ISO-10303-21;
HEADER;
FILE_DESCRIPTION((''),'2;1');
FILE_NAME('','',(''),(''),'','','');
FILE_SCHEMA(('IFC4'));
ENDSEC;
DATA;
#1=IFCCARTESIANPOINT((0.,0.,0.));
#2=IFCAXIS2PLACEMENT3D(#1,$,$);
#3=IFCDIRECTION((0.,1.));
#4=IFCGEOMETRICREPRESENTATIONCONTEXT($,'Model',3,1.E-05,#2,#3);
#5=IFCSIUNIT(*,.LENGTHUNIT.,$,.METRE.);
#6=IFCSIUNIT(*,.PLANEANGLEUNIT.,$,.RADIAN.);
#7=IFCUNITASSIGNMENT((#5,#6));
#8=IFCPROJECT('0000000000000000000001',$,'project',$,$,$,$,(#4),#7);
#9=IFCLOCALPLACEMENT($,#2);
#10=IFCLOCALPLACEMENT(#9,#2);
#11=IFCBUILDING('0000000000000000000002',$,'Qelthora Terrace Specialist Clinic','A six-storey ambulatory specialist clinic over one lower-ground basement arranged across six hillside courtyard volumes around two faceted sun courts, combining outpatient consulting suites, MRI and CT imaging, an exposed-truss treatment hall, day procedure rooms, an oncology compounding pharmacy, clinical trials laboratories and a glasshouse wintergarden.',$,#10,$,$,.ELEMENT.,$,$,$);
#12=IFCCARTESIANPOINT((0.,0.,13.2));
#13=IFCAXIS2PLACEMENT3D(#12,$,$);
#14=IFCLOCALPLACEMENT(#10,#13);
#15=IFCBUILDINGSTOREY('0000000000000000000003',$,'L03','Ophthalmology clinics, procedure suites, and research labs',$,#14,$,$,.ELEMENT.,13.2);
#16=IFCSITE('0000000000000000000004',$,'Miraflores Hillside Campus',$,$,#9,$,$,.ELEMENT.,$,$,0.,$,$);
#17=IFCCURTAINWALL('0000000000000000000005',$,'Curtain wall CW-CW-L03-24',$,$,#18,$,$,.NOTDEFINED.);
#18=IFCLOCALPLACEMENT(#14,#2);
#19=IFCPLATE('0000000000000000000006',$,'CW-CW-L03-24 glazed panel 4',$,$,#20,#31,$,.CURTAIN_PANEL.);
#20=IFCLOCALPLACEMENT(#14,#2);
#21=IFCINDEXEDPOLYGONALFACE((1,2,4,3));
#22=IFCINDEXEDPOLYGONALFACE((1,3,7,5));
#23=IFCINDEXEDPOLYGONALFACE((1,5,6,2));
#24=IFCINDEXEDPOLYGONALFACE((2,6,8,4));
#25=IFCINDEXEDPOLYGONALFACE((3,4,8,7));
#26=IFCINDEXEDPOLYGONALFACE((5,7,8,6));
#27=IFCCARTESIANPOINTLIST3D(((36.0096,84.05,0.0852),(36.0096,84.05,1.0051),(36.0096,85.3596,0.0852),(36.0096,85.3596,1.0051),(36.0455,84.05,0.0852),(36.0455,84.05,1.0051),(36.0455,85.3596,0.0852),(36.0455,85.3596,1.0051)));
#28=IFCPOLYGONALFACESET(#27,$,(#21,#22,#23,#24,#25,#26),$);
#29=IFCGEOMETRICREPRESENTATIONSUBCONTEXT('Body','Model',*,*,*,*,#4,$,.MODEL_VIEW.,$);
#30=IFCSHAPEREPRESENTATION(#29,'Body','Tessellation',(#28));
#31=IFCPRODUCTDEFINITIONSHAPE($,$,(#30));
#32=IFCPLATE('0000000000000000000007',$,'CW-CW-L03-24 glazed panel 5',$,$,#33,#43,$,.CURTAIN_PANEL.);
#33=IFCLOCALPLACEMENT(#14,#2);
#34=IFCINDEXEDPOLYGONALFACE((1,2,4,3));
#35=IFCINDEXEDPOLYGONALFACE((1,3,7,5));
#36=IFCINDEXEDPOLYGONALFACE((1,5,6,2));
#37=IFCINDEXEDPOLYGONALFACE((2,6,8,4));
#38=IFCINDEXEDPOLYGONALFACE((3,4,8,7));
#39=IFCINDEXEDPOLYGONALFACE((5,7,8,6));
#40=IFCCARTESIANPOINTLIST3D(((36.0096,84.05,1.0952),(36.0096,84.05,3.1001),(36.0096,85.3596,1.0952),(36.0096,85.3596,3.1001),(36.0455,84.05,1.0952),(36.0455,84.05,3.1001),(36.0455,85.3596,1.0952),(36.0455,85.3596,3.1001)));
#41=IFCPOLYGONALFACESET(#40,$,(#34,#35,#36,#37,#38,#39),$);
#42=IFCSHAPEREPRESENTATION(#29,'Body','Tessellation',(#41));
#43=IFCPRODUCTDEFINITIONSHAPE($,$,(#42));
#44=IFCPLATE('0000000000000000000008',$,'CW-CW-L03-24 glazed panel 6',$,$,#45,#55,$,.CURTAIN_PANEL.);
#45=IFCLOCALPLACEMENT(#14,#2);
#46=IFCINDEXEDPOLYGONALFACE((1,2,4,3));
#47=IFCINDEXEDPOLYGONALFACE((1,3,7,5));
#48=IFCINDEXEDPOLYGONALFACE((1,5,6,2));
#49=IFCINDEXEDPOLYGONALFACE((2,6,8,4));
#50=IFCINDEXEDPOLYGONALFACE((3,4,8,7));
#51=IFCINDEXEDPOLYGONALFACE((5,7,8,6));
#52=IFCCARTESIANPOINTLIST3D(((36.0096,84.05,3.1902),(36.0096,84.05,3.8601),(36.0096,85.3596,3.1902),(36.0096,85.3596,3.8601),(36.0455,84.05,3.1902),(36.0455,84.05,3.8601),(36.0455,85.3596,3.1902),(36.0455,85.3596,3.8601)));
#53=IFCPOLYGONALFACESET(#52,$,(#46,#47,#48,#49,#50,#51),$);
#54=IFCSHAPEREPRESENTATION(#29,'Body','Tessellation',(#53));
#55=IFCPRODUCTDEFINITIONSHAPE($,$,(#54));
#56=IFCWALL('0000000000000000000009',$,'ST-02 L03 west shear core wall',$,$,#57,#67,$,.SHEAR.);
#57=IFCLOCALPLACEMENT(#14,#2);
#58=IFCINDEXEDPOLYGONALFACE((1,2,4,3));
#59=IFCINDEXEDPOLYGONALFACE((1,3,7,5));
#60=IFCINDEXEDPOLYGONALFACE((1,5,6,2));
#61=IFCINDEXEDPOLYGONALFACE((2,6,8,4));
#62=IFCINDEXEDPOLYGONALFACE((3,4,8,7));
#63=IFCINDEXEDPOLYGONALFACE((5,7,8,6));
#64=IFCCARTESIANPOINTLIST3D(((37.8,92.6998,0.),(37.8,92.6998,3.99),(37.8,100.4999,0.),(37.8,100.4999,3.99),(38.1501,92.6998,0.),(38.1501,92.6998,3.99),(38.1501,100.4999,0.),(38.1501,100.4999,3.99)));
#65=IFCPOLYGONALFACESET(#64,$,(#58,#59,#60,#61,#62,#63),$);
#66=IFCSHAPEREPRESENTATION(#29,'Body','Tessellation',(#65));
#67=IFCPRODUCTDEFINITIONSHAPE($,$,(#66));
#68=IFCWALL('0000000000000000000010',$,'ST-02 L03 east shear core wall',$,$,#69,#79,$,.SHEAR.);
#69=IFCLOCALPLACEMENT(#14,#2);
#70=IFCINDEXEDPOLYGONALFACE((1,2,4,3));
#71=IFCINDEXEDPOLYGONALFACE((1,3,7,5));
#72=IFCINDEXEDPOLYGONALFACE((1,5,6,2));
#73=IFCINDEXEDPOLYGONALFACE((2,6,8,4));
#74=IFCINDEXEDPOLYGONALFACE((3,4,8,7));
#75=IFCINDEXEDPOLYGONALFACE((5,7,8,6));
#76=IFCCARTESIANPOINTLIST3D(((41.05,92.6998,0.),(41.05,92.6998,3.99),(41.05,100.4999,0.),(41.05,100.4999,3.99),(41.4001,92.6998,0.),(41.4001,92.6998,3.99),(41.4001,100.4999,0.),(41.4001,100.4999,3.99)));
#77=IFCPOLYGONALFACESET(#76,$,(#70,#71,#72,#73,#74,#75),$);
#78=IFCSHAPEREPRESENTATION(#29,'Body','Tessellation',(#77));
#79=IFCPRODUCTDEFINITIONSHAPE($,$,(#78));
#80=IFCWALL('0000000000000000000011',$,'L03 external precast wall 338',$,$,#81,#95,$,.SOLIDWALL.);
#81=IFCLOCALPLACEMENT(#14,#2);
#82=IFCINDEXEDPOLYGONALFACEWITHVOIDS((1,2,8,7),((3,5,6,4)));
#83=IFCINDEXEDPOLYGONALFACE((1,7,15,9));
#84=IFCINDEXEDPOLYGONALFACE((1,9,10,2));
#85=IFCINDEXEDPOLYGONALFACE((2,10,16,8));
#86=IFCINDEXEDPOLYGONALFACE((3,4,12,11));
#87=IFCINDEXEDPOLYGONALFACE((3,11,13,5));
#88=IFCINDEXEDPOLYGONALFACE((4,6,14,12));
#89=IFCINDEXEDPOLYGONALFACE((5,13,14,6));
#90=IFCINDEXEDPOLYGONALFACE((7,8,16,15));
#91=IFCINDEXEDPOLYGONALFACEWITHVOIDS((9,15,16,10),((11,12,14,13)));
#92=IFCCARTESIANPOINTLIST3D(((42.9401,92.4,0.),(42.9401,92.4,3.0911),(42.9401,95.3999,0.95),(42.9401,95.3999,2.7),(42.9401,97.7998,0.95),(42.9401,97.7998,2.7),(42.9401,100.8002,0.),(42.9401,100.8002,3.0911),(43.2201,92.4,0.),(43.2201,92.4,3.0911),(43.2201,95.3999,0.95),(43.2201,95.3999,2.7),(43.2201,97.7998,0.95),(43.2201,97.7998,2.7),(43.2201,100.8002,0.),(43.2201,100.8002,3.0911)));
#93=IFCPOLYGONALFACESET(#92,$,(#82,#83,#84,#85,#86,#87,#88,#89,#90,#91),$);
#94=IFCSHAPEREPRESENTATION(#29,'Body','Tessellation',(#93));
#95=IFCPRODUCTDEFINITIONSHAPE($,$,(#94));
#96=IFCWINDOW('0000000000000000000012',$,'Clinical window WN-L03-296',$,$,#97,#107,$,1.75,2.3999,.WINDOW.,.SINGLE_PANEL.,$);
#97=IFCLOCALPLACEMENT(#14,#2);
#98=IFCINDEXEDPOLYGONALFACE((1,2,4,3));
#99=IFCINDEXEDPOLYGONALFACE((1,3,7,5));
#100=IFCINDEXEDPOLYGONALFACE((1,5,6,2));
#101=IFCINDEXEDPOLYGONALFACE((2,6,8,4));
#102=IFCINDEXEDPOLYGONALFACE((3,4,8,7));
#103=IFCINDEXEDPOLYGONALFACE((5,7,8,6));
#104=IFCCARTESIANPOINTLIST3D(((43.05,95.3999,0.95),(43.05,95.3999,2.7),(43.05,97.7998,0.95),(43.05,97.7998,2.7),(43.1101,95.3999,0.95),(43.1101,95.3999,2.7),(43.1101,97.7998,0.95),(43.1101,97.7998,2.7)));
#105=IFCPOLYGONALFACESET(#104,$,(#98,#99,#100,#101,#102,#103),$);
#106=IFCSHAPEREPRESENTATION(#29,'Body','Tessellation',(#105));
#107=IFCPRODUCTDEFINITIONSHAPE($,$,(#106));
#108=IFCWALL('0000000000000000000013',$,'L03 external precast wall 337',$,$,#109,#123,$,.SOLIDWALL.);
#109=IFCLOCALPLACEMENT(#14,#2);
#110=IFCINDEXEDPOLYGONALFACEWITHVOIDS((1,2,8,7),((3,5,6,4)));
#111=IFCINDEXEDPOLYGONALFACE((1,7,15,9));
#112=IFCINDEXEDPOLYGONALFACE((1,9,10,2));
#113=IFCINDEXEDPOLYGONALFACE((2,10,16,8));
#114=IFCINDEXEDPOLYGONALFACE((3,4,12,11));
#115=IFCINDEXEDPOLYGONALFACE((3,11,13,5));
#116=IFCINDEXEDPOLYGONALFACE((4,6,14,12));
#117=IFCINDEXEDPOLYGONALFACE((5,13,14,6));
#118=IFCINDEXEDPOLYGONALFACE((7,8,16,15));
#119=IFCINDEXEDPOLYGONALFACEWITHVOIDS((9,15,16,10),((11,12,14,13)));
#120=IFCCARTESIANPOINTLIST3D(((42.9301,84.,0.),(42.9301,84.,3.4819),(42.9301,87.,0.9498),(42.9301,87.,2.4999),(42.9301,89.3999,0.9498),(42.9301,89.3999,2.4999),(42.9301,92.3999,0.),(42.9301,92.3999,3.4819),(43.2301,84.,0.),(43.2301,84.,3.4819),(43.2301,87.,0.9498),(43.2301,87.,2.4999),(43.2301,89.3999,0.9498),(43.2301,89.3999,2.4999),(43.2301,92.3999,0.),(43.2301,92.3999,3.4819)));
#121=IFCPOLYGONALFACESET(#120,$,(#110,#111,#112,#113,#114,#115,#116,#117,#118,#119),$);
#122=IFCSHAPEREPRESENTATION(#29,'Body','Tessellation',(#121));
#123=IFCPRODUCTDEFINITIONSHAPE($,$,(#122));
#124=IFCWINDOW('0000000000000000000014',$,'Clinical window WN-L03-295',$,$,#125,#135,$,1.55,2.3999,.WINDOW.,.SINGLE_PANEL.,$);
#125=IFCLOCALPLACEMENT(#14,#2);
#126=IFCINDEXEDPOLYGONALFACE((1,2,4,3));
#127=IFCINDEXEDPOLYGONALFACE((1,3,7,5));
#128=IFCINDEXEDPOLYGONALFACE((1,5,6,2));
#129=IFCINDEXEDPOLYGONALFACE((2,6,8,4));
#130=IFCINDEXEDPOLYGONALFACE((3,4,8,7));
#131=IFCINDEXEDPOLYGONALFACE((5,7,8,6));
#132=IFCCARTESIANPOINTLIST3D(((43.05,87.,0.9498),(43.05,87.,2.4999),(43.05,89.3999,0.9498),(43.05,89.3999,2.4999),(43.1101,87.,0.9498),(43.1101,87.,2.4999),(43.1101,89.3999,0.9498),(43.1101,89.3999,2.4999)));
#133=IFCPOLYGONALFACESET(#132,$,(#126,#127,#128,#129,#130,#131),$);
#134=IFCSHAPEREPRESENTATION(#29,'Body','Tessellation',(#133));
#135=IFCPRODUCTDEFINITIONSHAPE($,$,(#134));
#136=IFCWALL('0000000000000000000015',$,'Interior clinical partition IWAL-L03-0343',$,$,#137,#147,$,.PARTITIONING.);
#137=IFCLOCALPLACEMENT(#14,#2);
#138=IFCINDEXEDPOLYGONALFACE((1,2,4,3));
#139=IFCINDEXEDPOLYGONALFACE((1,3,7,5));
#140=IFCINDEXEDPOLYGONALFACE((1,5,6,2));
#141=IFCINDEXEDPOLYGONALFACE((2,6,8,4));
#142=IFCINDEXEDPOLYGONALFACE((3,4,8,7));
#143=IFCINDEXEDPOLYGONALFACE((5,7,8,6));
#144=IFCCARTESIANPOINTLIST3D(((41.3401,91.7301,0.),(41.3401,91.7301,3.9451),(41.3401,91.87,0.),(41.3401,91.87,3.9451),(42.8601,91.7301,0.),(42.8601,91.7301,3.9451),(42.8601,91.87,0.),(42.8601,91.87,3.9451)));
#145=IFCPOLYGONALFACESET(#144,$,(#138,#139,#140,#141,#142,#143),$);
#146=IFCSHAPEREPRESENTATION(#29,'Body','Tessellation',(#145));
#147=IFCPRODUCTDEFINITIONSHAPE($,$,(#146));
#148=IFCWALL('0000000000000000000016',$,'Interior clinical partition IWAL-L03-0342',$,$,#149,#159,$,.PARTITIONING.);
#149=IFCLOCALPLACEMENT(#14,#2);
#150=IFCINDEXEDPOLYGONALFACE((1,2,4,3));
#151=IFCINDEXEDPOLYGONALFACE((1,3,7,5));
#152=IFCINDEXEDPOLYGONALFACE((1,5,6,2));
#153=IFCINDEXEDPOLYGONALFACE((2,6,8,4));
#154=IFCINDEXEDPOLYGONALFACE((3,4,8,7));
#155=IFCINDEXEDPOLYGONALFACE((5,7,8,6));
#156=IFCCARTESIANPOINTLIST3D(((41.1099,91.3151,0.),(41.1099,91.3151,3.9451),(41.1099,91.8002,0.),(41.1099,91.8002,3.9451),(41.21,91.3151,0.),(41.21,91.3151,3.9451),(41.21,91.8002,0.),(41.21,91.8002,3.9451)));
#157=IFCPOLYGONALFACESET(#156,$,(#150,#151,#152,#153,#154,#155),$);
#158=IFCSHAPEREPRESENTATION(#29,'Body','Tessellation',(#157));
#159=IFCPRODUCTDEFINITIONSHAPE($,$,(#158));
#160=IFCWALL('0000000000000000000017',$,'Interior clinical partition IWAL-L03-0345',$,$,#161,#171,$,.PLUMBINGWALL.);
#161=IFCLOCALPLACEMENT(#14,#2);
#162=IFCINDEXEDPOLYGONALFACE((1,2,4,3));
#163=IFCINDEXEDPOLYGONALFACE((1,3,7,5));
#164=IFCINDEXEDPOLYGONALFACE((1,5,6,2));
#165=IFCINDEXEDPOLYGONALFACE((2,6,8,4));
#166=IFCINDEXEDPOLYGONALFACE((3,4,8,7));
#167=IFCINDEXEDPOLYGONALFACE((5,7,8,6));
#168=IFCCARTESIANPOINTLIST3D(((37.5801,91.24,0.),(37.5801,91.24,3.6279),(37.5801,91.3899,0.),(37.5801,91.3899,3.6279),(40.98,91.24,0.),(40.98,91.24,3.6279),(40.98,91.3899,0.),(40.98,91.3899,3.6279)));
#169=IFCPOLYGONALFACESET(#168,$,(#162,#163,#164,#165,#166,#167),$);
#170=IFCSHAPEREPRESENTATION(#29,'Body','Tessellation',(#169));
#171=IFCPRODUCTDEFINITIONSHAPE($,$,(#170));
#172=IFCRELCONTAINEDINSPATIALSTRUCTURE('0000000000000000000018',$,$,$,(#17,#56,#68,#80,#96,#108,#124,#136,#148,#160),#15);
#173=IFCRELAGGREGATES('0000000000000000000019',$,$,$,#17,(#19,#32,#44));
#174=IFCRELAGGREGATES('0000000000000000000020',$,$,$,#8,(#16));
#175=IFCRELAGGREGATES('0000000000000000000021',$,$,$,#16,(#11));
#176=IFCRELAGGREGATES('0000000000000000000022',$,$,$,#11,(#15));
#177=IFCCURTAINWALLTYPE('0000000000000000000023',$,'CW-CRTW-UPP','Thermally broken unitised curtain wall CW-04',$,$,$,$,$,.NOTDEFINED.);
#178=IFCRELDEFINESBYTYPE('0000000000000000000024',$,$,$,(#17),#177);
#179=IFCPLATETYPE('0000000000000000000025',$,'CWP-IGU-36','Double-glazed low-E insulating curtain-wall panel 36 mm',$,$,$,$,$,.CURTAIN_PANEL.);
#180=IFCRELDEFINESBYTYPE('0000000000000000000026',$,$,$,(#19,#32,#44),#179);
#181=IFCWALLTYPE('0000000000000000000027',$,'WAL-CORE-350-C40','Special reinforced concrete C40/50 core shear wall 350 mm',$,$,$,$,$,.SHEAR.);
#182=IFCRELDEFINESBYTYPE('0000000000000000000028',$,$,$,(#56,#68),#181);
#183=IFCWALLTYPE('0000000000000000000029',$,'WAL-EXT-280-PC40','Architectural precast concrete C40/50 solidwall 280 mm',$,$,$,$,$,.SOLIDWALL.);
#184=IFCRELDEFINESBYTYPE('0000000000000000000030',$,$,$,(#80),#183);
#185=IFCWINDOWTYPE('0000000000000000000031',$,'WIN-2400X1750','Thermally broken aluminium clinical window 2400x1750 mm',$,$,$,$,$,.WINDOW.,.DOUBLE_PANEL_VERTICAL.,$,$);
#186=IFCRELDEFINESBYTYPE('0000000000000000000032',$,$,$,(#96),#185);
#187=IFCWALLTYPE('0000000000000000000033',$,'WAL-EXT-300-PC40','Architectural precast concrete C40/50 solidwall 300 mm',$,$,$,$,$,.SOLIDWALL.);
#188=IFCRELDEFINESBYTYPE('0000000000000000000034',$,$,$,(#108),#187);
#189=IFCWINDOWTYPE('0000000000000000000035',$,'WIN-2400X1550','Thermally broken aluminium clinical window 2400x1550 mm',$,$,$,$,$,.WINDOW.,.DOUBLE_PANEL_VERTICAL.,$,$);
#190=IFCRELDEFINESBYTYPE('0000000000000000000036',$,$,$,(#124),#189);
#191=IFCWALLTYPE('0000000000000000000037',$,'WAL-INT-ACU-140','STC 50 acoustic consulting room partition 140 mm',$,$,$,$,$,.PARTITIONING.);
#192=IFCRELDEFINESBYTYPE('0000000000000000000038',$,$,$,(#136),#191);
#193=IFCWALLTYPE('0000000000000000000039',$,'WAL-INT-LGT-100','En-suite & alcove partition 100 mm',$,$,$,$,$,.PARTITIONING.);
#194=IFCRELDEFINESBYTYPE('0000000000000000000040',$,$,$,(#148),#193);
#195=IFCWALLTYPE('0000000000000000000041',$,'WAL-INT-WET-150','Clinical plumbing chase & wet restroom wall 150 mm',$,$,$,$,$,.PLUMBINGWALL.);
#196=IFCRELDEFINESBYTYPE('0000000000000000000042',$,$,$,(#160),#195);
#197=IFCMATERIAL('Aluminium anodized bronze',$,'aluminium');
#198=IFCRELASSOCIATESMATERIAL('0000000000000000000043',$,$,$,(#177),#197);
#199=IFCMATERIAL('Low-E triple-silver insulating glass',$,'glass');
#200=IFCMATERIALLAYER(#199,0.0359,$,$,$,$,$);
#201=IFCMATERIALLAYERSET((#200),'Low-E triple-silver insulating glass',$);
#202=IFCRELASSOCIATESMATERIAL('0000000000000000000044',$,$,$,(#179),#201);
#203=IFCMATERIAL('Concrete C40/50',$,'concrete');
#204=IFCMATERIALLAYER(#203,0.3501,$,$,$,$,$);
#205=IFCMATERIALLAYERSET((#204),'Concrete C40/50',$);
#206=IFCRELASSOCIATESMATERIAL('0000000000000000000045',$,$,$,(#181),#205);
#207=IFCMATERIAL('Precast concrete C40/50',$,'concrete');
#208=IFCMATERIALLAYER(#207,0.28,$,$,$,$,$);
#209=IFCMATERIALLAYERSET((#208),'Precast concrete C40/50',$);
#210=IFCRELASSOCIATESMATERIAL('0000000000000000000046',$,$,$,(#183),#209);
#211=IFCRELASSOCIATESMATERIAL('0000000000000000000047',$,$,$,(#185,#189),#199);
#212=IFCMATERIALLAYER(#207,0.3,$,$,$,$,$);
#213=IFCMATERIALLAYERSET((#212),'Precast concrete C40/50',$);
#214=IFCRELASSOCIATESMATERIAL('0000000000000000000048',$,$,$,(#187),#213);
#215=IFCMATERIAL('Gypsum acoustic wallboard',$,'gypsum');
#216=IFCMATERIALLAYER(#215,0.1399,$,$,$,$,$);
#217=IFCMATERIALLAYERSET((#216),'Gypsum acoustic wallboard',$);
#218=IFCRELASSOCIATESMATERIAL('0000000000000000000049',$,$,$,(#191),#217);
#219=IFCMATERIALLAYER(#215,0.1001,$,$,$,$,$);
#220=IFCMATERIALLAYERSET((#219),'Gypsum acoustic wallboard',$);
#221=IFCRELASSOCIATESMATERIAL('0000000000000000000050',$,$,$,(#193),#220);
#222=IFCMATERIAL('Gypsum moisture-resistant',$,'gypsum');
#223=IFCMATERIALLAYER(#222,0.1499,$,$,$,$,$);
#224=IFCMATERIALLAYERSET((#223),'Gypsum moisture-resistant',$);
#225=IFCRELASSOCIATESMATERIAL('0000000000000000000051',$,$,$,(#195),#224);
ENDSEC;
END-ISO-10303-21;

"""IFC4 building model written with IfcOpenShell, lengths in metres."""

from ifc_helpers import new_model, si_unit, direction, frame, frame_2d, origin, origin_2d, place, context, subcontext, project, spatial, rectangle, extrude, material, layer, layer_set, type_object, element, fill, aggregate, save


model = new_model("IFC4")

# Units and contexts
model_context = context("Model", 3, precision=1e-05, world=origin(), true_north=direction((0.0, 1.0)))
body_context = subcontext(model_context, "Body", "Model", "MODEL_VIEW")
ifc_project = project(units=[si_unit("LENGTHUNIT", "METRE"), si_unit("PLANEANGLEUNIT", "RADIAN")], contexts=[model_context])

# Site, building, storey
site_placement = place(None, origin())
site = spatial("IfcSite", under=ifc_project, at=site_placement, Name="Miraflores Hillside Campus", CompositionType="ELEMENT", RefElevation=0.0)
building_placement = place(site_placement, origin())
building = spatial("IfcBuilding", under=site, at=building_placement, Name="Qelthora Terrace Specialist Clinic", Description="A six-storey ambulatory specialist clinic over one lower-ground basement arranged across six hillside courtyard volumes around two faceted sun courts, combining outpatient consulting suites, MRI and CT imaging, an exposed-truss treatment hall, day procedure rooms, an oncology compounding pharmacy, clinical trials laboratories and a glasshouse wintergarden.", CompositionType="ELEMENT")
storey_placement = place(building_placement, frame((0.0, 0.0, 13.2)))
storey = spatial("IfcBuildingStorey", under=building, at=storey_placement, Name="L03", Description="Ophthalmology clinics, procedure suites, and research labs", CompositionType="ELEMENT", Elevation=13.2)

# Shared definitions
ifc_material_1 = material(Name="Aluminium anodized bronze", Category="aluminium")
curtain_wall_type = type_object("IfcCurtainWallType", Name="CW-CRTW-UPP", Description="Thermally broken unitised curtain wall CW-04", PredefinedType="NOTDEFINED", material=ifc_material_1)

# Curtain wall
curtain_wall_1_placement = place(storey_placement, origin())
curtain_wall_1 = element("IfcCurtainWall", 1, at=curtain_wall_1_placement, inside=storey, type_object=curtain_wall_type, Name="Curtain wall CW-CW-L03-24", PredefinedType="NOTDEFINED")

# Plates
ifc_material_2 = material(Name="Low-E triple-silver insulating glass", Category="glass")
ifc_layer_1 = layer(ifc_material_2, 0.0359)
ifc_layer_set_1 = layer_set([ifc_layer_1], Name="Low-E triple-silver insulating glass")
plate_type = type_object("IfcPlateType", Name="CWP-IGU-36", Description="Double-glazed low-E insulating curtain-wall panel 36 mm", PredefinedType="CURTAIN_PANEL", material=ifc_layer_set_1)
plate_1_placement = place(storey_placement, frame((36.0276, 84.7048, 0.0852), z_axis=(0.0, 0.0, 1.0), x_axis=(0.0, 1.0, 0.0)))
plate_1 = element("IfcPlate", 2, at=plate_1_placement, type_object=plate_type, Name="CW-CW-L03-24 glazed panel 4", PredefinedType="CURTAIN_PANEL", context=body_context, shape_type="SweptSolid", body=[
    extrude(rectangle(XDim=1.3096, YDim=0.0359, at=origin_2d()), origin(), (0.0, 0.0, 1.0), 0.9199),
])
plate_2_placement = place(storey_placement, frame((36.0276, 84.7048, 1.0952), z_axis=(0.0, 0.0, 1.0), x_axis=(0.0, 1.0, 0.0)))
plate_2 = element("IfcPlate", 3, at=plate_2_placement, type_object=plate_type, Name="CW-CW-L03-24 glazed panel 5", PredefinedType="CURTAIN_PANEL", context=body_context, shape_type="SweptSolid", body=[
    extrude(rectangle(XDim=1.3096, YDim=0.0359, at=origin_2d()), origin(), (0.0, 0.0, 1.0), 2.0049),
])
plate_3_placement = place(storey_placement, frame((36.0276, 84.7048, 3.1902), z_axis=(0.0, 0.0, 1.0), x_axis=(0.0, 1.0, 0.0)))
plate_3 = element("IfcPlate", 4, at=plate_3_placement, type_object=plate_type, Name="CW-CW-L03-24 glazed panel 6", PredefinedType="CURTAIN_PANEL", context=body_context, shape_type="SweptSolid", body=[
    extrude(rectangle(XDim=1.3096, YDim=0.0359, at=origin_2d()), origin(), (0.0, 0.0, 1.0), 0.6699),
])
aggregate(curtain_wall_1, [plate_1, plate_2, plate_3])

# Walls
ifc_material_3 = material(Name="Concrete C40/50", Category="concrete")
ifc_layer_2 = layer(ifc_material_3, 0.3501)
ifc_layer_set_2 = layer_set([ifc_layer_2], Name="Concrete C40/50")
wall_type_1 = type_object("IfcWallType", Name="WAL-CORE-350-C40", Description="Special reinforced concrete C40/50 core shear wall 350 mm", PredefinedType="SHEAR", material=ifc_layer_set_2)
for number, where, z_axis, x_axis, name in (
    (5, (37.9751, 92.7, 0.0), (0.0, 0.0, 1.0), (0.0, 1.0, 0.0), "ST-02 L03 west shear core wall"),
    (6, (41.2251, 92.7, 0.0), (0.0, 0.0, 1.0), (0.0, 1.0, 0.0), "ST-02 L03 east shear core wall"),
):
    element("IfcWall", number, at=place(storey_placement, frame(where, z_axis=z_axis, x_axis=x_axis)), inside=storey, type_object=wall_type_1, Name=name, PredefinedType="SHEAR", context=body_context, shape_type="SweptSolid", body=[
        extrude(rectangle(XDim=7.8, YDim=0.3501, at=frame_2d((3.8999, 0.0))), origin(), (0.0, 0.0, 1.0), 3.99),
    ])

# Walls, openings, windows
ifc_material_4 = material(Name="Precast concrete C40/50", Category="concrete")
ifc_layer_3 = layer(ifc_material_4, 0.28)
ifc_layer_set_3 = layer_set([ifc_layer_3], Name="Precast concrete C40/50")
wall_type_2 = type_object("IfcWallType", Name="WAL-EXT-280-PC40", Description="Architectural precast concrete C40/50 solidwall 280 mm", PredefinedType="SOLIDWALL", material=ifc_layer_set_3)
wall_1_placement = place(storey_placement, frame((43.0801, 92.3999, 0.0), z_axis=(0.0, 0.0, 1.0), x_axis=(0.0, 1.0, 0.0)))
wall_1 = element("IfcWall", 7, at=wall_1_placement, inside=storey, type_object=wall_type_2, Name="L03 external precast wall 338", PredefinedType="SOLIDWALL", context=body_context, shape_type="SweptSolid", body=[
    extrude(rectangle(XDim=8.4001, YDim=0.28, at=frame_2d((4.2002, 0.0))), origin(), (0.0, 0.0, 1.0), 3.0911),
])
opening_1_placement = place(wall_1_placement, frame((3.0, 0.0, 0.95)))
opening_1 = element("IfcOpeningElement", 8, at=opening_1_placement, cuts=wall_1, PredefinedType="OPENING", context=body_context, shape_type="SweptSolid", body=[
    extrude(rectangle(XDim=2.3999, YDim=1.75, at=frame_2d((1.2, 0.875))), frame((0.0, 0.1499, 0.0), z_axis=(0.0, -1.0, 0.0), x_axis=(1.0, 0.0, 0.0)), (0.0, 0.0, 1.0), 0.3),
])
window_type_1 = type_object("IfcWindowType", Name="WIN-2400X1750", Description="Thermally broken aluminium clinical window 2400x1750 mm", PartitioningType="DOUBLE_PANEL_VERTICAL", PredefinedType="WINDOW", material=ifc_material_2)
window_1_placement = place(opening_1_placement, origin())
window_1 = element("IfcWindow", 9, at=window_1_placement, inside=storey, type_object=window_type_1, Name="Clinical window WN-L03-296", OverallHeight=1.75, OverallWidth=2.3999, PartitioningType="SINGLE_PANEL", PredefinedType="WINDOW", context=body_context, shape_type="SweptSolid", body=[
    extrude(rectangle(XDim=2.3999, YDim=1.75, at=frame_2d((1.2, 0.875))), frame((0.0, 0.03, 0.0), z_axis=(0.0, -1.0, 0.0), x_axis=(1.0, 0.0, 0.0)), (0.0, 0.0, 1.0), 0.0601),
])
fill(opening_1, window_1)
ifc_layer_4 = layer(ifc_material_4, 0.3)
ifc_layer_set_4 = layer_set([ifc_layer_4], Name="Precast concrete C40/50")
wall_type_3 = type_object("IfcWallType", Name="WAL-EXT-300-PC40", Description="Architectural precast concrete C40/50 solidwall 300 mm", PredefinedType="SOLIDWALL", material=ifc_layer_set_4)
wall_2_placement = place(storey_placement, frame((43.0801, 84.0, 0.0), z_axis=(0.0, 0.0, 1.0), x_axis=(0.0, 1.0, 0.0)))
wall_2 = element("IfcWall", 10, at=wall_2_placement, inside=storey, type_object=wall_type_3, Name="L03 external precast wall 337", PredefinedType="SOLIDWALL", context=body_context, shape_type="SweptSolid", body=[
    extrude(rectangle(XDim=8.3999, YDim=0.3, at=frame_2d((4.2, 0.0))), origin(), (0.0, 0.0, 1.0), 3.4819),
])
opening_2_placement = place(wall_2_placement, frame((3.0, 0.0, 0.95)))
opening_2 = element("IfcOpeningElement", 11, at=opening_2_placement, cuts=wall_2, PredefinedType="OPENING", context=body_context, shape_type="SweptSolid", body=[
    extrude(rectangle(XDim=2.3999, YDim=1.55, at=frame_2d((1.2, 0.7749))), frame((0.0, 0.1599, 0.0), z_axis=(0.0, -1.0, 0.0), x_axis=(1.0, 0.0, 0.0)), (0.0, 0.0, 1.0), 0.3201),
])
window_type_2 = type_object("IfcWindowType", Name="WIN-2400X1550", Description="Thermally broken aluminium clinical window 2400x1550 mm", PartitioningType="DOUBLE_PANEL_VERTICAL", PredefinedType="WINDOW", material=ifc_material_2)
window_2_placement = place(opening_2_placement, origin())
window_2 = element("IfcWindow", 12, at=window_2_placement, inside=storey, type_object=window_type_2, Name="Clinical window WN-L03-295", OverallHeight=1.55, OverallWidth=2.3999, PartitioningType="SINGLE_PANEL", PredefinedType="WINDOW", context=body_context, shape_type="SweptSolid", body=[
    extrude(rectangle(XDim=2.3999, YDim=1.55, at=frame_2d((1.2, 0.7749))), frame((0.0, 0.03, 0.0), z_axis=(0.0, -1.0, 0.0), x_axis=(1.0, 0.0, 0.0)), (0.0, 0.0, 1.0), 0.0601),
])
fill(opening_2, window_2)

# Walls
ifc_material_5 = material(Name="Gypsum acoustic wallboard", Category="gypsum")
ifc_layer_5 = layer(ifc_material_5, 0.1399)
ifc_layer_set_5 = layer_set([ifc_layer_5], Name="Gypsum acoustic wallboard")
wall_type_4 = type_object("IfcWallType", Name="WAL-INT-ACU-140", Description="STC 50 acoustic consulting room partition 140 mm", PredefinedType="PARTITIONING", material=ifc_layer_set_5)
wall_3_placement = place(storey_placement, frame((41.3401, 91.8, 0.0), z_axis=(0.0, 0.0, 1.0), x_axis=(1.0, 0.0, 0.0)))
element("IfcWall", 13, at=wall_3_placement, inside=storey, type_object=wall_type_4, Name="Interior clinical partition IWAL-L03-0343", PredefinedType="PARTITIONING", context=body_context, shape_type="SweptSolid", body=[
    extrude(rectangle(XDim=1.52, YDim=0.1399, at=frame_2d((0.76, 0.0))), origin(), (0.0, 0.0, 1.0), 3.9451),
])
ifc_layer_6 = layer(ifc_material_5, 0.1001)
ifc_layer_set_6 = layer_set([ifc_layer_6], Name="Gypsum acoustic wallboard")
wall_type_5 = type_object("IfcWallType", Name="WAL-INT-LGT-100", Description="En-suite & alcove partition 100 mm", PredefinedType="PARTITIONING", material=ifc_layer_set_6)
wall_4_placement = place(storey_placement, frame((41.1599, 91.3149, 0.0), z_axis=(0.0, 0.0, 1.0), x_axis=(0.0, 1.0, 0.0)))
element("IfcWall", 14, at=wall_4_placement, inside=storey, type_object=wall_type_5, Name="Interior clinical partition IWAL-L03-0342", PredefinedType="PARTITIONING", context=body_context, shape_type="SweptSolid", body=[
    extrude(rectangle(XDim=0.4851, YDim=0.1001, at=frame_2d((0.2427, 0.0))), origin(), (0.0, 0.0, 1.0), 3.9451),
])
ifc_material_6 = material(Name="Gypsum moisture-resistant", Category="gypsum")
ifc_layer_7 = layer(ifc_material_6, 0.1499)
ifc_layer_set_7 = layer_set([ifc_layer_7], Name="Gypsum moisture-resistant")
wall_type_6 = type_object("IfcWallType", Name="WAL-INT-WET-150", Description="Clinical plumbing chase & wet restroom wall 150 mm", PredefinedType="PLUMBINGWALL", material=ifc_layer_set_7)
wall_5_placement = place(storey_placement, frame((37.5801, 91.3149, 0.0), z_axis=(0.0, 0.0, 1.0), x_axis=(1.0, 0.0, 0.0)))
element("IfcWall", 15, at=wall_5_placement, inside=storey, type_object=wall_type_6, Name="Interior clinical partition IWAL-L03-0345", PredefinedType="PLUMBINGWALL", context=body_context, shape_type="SweptSolid", body=[
    extrude(rectangle(XDim=3.3999, YDim=0.1499, at=frame_2d((1.7, 0.0))), origin(), (0.0, 0.0, 1.0), 3.6279),
])

save(model, "model.ifc")
